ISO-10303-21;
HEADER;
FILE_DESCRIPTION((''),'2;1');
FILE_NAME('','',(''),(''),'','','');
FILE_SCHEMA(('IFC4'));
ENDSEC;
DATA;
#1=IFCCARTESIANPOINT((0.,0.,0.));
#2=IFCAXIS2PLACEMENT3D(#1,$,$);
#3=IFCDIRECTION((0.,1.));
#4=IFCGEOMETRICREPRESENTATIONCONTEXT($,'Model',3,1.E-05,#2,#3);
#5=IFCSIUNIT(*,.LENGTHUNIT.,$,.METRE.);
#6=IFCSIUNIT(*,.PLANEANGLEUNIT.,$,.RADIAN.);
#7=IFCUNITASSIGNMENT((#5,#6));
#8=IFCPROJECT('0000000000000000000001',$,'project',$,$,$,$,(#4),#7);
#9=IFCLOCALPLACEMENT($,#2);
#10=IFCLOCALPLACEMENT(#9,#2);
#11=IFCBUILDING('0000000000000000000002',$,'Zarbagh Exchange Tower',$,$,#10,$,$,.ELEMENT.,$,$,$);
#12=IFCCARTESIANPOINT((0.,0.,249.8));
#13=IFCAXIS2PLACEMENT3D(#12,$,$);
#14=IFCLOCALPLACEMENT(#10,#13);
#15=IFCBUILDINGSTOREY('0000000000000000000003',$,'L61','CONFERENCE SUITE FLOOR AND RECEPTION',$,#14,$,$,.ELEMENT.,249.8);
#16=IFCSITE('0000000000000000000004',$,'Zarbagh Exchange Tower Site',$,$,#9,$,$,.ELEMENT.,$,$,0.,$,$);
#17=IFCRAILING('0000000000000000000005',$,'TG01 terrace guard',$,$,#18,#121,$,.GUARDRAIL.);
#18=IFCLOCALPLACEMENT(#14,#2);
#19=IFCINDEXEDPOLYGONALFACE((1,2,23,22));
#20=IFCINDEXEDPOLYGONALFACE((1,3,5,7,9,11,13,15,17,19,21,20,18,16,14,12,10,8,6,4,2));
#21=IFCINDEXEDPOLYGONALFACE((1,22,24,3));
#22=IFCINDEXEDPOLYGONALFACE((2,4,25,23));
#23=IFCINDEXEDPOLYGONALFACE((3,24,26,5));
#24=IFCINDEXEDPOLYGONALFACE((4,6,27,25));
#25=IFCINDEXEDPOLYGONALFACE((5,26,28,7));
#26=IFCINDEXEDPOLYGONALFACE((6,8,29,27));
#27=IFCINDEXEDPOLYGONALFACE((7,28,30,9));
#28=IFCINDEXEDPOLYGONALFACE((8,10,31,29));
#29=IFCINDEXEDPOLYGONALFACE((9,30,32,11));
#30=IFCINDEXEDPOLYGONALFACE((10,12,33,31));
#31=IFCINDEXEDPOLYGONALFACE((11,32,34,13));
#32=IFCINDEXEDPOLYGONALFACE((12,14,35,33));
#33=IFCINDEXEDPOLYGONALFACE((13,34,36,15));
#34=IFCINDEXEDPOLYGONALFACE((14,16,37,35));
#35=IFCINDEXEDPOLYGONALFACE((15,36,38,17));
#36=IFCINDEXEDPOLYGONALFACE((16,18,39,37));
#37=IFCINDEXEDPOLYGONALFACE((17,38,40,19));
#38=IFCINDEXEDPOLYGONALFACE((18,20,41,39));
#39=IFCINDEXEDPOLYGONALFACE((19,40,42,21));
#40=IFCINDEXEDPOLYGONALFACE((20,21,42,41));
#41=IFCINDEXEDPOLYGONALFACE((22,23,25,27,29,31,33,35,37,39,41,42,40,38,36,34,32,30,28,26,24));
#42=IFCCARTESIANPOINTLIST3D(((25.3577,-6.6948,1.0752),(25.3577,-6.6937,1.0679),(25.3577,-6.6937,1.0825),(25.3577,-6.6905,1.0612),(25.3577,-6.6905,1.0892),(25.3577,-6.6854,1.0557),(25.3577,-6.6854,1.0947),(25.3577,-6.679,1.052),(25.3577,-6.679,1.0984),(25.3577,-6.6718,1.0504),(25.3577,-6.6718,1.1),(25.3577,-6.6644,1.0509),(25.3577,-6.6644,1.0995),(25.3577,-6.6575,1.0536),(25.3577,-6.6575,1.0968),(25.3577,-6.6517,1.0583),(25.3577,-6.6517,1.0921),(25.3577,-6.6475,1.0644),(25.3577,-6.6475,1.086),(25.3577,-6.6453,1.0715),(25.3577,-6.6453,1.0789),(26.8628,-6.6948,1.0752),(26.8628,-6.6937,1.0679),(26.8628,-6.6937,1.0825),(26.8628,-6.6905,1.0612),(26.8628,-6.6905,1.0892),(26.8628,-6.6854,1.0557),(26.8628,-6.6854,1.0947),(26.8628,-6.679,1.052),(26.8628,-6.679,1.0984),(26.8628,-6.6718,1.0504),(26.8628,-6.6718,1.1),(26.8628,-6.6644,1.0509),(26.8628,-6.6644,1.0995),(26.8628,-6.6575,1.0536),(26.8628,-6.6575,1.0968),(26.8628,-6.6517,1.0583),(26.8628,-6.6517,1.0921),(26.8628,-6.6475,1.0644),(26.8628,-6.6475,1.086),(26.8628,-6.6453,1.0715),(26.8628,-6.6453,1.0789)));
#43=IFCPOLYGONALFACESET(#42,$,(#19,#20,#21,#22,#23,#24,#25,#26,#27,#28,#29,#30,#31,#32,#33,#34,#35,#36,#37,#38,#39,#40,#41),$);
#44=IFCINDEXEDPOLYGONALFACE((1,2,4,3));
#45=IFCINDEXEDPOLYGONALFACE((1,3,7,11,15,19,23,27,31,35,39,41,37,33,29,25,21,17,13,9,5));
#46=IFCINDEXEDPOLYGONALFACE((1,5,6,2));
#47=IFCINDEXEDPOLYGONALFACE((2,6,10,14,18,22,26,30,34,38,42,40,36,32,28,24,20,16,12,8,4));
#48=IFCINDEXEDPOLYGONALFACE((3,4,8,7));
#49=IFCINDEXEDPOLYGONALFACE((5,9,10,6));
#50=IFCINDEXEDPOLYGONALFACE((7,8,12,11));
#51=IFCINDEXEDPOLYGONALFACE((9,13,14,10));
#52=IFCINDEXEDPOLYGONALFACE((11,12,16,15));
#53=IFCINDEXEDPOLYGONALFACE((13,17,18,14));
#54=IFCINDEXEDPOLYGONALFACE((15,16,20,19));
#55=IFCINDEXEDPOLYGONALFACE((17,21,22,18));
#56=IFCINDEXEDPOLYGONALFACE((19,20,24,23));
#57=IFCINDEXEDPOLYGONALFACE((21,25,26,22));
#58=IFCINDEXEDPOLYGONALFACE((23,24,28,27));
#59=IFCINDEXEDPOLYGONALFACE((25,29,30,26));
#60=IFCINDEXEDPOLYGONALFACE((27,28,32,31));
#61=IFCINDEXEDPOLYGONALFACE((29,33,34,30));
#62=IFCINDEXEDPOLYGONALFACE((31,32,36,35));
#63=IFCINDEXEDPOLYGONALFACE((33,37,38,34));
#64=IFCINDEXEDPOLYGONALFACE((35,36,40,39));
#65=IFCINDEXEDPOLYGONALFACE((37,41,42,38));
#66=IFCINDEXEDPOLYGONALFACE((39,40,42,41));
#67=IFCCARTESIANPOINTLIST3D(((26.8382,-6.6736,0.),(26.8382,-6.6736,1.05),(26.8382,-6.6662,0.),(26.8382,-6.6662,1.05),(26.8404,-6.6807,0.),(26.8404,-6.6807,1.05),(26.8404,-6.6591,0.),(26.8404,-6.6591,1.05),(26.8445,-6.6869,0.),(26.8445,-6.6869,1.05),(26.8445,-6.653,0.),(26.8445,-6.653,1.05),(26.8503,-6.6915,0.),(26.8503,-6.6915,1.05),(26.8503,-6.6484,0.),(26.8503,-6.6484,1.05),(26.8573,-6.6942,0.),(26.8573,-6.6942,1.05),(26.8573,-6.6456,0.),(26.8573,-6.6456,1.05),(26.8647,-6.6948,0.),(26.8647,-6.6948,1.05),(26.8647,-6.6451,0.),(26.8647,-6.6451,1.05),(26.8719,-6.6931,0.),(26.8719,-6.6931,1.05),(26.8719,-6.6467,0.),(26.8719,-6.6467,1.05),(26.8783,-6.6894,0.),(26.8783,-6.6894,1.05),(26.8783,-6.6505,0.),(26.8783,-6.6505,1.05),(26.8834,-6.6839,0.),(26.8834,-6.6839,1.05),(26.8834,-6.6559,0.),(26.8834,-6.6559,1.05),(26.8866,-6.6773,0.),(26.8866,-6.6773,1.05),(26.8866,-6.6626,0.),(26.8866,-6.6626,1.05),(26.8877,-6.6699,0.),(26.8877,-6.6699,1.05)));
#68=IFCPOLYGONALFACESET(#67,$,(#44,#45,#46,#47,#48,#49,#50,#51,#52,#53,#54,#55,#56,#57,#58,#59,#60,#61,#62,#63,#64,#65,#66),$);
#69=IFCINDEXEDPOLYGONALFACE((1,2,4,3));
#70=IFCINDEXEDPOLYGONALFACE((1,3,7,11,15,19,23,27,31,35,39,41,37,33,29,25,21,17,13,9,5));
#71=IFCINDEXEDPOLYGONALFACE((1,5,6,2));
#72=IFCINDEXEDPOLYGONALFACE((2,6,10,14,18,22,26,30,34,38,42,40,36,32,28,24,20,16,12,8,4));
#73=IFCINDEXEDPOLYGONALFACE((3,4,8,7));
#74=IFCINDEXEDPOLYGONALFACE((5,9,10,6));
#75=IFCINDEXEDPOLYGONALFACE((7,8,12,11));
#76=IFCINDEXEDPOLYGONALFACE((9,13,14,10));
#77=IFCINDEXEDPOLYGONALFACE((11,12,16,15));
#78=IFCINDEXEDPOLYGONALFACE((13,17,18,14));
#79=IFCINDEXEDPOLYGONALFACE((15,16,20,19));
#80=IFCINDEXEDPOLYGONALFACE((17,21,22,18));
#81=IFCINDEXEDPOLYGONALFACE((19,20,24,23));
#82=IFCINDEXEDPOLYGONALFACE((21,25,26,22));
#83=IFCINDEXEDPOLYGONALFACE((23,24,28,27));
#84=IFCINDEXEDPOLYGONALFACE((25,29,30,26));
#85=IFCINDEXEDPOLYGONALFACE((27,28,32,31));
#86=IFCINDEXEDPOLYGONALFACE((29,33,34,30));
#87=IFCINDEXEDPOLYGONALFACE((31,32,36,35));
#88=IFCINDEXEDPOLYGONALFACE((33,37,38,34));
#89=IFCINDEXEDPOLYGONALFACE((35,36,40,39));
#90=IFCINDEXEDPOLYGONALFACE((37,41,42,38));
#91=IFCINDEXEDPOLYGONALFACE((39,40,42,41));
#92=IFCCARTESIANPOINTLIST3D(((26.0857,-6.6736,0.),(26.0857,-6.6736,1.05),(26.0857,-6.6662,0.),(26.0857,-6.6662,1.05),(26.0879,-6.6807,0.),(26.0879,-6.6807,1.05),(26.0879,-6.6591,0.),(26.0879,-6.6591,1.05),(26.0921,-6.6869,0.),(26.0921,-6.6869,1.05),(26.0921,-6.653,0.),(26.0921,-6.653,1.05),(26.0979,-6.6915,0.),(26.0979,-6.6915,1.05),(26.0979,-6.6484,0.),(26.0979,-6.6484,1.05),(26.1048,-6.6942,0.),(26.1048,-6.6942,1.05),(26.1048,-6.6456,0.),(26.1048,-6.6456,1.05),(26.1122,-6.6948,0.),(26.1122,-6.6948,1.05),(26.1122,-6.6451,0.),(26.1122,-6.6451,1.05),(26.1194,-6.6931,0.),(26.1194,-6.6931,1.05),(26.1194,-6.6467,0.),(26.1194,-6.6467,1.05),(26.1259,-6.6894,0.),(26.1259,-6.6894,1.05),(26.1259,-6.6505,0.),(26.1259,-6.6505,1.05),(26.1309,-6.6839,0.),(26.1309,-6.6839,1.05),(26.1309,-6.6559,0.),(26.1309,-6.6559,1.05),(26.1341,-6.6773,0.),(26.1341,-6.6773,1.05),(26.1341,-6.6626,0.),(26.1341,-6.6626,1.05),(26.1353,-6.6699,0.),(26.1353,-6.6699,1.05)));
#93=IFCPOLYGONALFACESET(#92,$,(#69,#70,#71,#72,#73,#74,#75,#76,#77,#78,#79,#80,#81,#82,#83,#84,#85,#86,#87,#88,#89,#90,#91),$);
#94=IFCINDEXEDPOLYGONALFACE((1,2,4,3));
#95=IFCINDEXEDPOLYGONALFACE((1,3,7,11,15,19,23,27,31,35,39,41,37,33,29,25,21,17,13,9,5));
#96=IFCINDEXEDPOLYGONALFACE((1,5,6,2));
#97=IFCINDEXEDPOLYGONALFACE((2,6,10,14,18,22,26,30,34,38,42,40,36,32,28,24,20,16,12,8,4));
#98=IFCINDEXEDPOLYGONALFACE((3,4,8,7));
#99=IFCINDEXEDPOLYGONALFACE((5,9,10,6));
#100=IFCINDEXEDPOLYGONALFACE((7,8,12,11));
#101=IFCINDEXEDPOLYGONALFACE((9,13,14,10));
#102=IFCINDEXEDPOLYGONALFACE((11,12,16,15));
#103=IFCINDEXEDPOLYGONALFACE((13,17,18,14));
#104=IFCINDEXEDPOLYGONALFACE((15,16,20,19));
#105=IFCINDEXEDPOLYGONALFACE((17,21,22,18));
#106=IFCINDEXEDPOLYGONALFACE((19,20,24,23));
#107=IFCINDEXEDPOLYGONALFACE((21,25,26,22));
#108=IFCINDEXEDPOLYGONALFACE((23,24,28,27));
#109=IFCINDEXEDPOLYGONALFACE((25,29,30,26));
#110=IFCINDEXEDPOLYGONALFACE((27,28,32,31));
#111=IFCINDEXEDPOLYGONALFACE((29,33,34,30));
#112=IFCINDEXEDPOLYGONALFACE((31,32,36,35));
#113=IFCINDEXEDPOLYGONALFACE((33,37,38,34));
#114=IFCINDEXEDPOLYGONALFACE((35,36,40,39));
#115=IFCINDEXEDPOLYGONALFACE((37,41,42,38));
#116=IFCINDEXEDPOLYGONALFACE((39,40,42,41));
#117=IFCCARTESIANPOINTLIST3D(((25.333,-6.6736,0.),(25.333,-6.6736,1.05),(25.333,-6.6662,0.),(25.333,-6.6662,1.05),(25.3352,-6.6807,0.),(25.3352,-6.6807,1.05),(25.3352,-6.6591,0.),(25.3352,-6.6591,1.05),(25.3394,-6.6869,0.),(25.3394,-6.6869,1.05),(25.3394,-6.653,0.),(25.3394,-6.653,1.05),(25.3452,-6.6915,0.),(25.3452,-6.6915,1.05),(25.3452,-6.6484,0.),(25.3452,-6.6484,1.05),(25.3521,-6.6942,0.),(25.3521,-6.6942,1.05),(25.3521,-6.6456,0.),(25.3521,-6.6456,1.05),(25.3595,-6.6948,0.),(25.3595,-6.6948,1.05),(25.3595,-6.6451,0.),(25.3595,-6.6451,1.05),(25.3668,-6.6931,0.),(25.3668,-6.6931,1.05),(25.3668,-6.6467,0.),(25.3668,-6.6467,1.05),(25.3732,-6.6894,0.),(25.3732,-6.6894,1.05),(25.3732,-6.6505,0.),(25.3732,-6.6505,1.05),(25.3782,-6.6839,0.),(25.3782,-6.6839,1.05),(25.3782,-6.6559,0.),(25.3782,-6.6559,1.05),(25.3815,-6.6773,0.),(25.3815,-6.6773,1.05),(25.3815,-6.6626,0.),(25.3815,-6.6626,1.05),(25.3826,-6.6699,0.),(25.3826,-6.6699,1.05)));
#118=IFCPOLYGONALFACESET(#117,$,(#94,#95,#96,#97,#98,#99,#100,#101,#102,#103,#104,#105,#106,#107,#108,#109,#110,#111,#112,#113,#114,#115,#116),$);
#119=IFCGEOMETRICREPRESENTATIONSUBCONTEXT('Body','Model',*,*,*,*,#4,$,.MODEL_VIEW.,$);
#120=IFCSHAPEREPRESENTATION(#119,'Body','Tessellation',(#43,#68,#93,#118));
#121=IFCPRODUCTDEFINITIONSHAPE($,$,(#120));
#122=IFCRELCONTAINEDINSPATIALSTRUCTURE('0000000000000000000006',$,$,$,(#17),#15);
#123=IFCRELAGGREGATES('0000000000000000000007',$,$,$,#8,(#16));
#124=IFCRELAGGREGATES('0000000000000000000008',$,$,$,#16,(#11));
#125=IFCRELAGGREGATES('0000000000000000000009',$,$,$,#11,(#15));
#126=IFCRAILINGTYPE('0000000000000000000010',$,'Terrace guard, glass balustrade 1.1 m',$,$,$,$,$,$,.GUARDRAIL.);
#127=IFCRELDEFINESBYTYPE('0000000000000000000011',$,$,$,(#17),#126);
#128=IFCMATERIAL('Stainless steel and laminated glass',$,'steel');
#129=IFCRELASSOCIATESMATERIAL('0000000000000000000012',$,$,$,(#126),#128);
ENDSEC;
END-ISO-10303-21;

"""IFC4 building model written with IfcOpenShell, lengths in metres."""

from ifc_helpers import new_model, si_unit, direction, frame, origin, origin_2d, place, context, subcontext, project, spatial, circle, extrude, material, type_object, element, save


model = new_model("IFC4")

# Units and contexts
model_context = context("Model", 3, precision=1e-05, world=origin(), true_north=direction((0.0, 1.0)))
body_context = subcontext(model_context, "Body", "Model", "MODEL_VIEW")
ifc_project = project(units=[si_unit("LENGTHUNIT", "METRE"), si_unit("PLANEANGLEUNIT", "RADIAN")], contexts=[model_context])

# Site, building, storey
site_placement = place(None, origin())
site = spatial("IfcSite", under=ifc_project, at=site_placement, Name="Zarbagh Exchange Tower Site", CompositionType="ELEMENT", RefElevation=0.0)
building_placement = place(site_placement, origin())
building = spatial("IfcBuilding", under=site, at=building_placement, Name="Zarbagh Exchange Tower", CompositionType="ELEMENT")
storey_placement = place(building_placement, frame((0.0, 0.0, 249.8)))
storey = spatial("IfcBuildingStorey", under=building, at=storey_placement, Name="L61", Description="CONFERENCE SUITE FLOOR AND RECEPTION", CompositionType="ELEMENT", Elevation=249.8)

# Railing
ifc_material_1 = material(Name="Stainless steel and laminated glass", Category="steel")
railing_type = type_object("IfcRailingType", Name="Terrace guard, glass balustrade 1.1 m", PredefinedType="GUARDRAIL", material=ifc_material_1)
railing_placement = place(storey_placement, frame((26.8628, -6.6699, 0.0)))
element("IfcRailing", 1, at=railing_placement, inside=storey, type_object=railing_type, Name="TG01 terrace guard", PredefinedType="GUARDRAIL", context=body_context, shape_type="SweptSolid", body=[
    extrude(circle(Radius=0.0249, at=origin_2d()), frame((0.0, 0.0, 1.0752), z_axis=(-1.0, 0.0, 0.0), x_axis=(0.0, -1.0, 0.0)), (0.0, 0.0, 1.0), 1.5051),
    extrude(circle(Radius=0.0249, at=origin_2d()), origin(), (0.0, 0.0, 1.0), 1.05),
    extrude(circle(Radius=0.0249, at=origin_2d()), frame((-0.7524, 0.0, 0.0)), (0.0, 0.0, 1.0), 1.05),
    extrude(circle(Radius=0.0249, at=origin_2d()), frame((-1.5051, 0.0, 0.0)), (0.0, 0.0, 1.0), 1.05),
])

save(model, "model.ifc")
